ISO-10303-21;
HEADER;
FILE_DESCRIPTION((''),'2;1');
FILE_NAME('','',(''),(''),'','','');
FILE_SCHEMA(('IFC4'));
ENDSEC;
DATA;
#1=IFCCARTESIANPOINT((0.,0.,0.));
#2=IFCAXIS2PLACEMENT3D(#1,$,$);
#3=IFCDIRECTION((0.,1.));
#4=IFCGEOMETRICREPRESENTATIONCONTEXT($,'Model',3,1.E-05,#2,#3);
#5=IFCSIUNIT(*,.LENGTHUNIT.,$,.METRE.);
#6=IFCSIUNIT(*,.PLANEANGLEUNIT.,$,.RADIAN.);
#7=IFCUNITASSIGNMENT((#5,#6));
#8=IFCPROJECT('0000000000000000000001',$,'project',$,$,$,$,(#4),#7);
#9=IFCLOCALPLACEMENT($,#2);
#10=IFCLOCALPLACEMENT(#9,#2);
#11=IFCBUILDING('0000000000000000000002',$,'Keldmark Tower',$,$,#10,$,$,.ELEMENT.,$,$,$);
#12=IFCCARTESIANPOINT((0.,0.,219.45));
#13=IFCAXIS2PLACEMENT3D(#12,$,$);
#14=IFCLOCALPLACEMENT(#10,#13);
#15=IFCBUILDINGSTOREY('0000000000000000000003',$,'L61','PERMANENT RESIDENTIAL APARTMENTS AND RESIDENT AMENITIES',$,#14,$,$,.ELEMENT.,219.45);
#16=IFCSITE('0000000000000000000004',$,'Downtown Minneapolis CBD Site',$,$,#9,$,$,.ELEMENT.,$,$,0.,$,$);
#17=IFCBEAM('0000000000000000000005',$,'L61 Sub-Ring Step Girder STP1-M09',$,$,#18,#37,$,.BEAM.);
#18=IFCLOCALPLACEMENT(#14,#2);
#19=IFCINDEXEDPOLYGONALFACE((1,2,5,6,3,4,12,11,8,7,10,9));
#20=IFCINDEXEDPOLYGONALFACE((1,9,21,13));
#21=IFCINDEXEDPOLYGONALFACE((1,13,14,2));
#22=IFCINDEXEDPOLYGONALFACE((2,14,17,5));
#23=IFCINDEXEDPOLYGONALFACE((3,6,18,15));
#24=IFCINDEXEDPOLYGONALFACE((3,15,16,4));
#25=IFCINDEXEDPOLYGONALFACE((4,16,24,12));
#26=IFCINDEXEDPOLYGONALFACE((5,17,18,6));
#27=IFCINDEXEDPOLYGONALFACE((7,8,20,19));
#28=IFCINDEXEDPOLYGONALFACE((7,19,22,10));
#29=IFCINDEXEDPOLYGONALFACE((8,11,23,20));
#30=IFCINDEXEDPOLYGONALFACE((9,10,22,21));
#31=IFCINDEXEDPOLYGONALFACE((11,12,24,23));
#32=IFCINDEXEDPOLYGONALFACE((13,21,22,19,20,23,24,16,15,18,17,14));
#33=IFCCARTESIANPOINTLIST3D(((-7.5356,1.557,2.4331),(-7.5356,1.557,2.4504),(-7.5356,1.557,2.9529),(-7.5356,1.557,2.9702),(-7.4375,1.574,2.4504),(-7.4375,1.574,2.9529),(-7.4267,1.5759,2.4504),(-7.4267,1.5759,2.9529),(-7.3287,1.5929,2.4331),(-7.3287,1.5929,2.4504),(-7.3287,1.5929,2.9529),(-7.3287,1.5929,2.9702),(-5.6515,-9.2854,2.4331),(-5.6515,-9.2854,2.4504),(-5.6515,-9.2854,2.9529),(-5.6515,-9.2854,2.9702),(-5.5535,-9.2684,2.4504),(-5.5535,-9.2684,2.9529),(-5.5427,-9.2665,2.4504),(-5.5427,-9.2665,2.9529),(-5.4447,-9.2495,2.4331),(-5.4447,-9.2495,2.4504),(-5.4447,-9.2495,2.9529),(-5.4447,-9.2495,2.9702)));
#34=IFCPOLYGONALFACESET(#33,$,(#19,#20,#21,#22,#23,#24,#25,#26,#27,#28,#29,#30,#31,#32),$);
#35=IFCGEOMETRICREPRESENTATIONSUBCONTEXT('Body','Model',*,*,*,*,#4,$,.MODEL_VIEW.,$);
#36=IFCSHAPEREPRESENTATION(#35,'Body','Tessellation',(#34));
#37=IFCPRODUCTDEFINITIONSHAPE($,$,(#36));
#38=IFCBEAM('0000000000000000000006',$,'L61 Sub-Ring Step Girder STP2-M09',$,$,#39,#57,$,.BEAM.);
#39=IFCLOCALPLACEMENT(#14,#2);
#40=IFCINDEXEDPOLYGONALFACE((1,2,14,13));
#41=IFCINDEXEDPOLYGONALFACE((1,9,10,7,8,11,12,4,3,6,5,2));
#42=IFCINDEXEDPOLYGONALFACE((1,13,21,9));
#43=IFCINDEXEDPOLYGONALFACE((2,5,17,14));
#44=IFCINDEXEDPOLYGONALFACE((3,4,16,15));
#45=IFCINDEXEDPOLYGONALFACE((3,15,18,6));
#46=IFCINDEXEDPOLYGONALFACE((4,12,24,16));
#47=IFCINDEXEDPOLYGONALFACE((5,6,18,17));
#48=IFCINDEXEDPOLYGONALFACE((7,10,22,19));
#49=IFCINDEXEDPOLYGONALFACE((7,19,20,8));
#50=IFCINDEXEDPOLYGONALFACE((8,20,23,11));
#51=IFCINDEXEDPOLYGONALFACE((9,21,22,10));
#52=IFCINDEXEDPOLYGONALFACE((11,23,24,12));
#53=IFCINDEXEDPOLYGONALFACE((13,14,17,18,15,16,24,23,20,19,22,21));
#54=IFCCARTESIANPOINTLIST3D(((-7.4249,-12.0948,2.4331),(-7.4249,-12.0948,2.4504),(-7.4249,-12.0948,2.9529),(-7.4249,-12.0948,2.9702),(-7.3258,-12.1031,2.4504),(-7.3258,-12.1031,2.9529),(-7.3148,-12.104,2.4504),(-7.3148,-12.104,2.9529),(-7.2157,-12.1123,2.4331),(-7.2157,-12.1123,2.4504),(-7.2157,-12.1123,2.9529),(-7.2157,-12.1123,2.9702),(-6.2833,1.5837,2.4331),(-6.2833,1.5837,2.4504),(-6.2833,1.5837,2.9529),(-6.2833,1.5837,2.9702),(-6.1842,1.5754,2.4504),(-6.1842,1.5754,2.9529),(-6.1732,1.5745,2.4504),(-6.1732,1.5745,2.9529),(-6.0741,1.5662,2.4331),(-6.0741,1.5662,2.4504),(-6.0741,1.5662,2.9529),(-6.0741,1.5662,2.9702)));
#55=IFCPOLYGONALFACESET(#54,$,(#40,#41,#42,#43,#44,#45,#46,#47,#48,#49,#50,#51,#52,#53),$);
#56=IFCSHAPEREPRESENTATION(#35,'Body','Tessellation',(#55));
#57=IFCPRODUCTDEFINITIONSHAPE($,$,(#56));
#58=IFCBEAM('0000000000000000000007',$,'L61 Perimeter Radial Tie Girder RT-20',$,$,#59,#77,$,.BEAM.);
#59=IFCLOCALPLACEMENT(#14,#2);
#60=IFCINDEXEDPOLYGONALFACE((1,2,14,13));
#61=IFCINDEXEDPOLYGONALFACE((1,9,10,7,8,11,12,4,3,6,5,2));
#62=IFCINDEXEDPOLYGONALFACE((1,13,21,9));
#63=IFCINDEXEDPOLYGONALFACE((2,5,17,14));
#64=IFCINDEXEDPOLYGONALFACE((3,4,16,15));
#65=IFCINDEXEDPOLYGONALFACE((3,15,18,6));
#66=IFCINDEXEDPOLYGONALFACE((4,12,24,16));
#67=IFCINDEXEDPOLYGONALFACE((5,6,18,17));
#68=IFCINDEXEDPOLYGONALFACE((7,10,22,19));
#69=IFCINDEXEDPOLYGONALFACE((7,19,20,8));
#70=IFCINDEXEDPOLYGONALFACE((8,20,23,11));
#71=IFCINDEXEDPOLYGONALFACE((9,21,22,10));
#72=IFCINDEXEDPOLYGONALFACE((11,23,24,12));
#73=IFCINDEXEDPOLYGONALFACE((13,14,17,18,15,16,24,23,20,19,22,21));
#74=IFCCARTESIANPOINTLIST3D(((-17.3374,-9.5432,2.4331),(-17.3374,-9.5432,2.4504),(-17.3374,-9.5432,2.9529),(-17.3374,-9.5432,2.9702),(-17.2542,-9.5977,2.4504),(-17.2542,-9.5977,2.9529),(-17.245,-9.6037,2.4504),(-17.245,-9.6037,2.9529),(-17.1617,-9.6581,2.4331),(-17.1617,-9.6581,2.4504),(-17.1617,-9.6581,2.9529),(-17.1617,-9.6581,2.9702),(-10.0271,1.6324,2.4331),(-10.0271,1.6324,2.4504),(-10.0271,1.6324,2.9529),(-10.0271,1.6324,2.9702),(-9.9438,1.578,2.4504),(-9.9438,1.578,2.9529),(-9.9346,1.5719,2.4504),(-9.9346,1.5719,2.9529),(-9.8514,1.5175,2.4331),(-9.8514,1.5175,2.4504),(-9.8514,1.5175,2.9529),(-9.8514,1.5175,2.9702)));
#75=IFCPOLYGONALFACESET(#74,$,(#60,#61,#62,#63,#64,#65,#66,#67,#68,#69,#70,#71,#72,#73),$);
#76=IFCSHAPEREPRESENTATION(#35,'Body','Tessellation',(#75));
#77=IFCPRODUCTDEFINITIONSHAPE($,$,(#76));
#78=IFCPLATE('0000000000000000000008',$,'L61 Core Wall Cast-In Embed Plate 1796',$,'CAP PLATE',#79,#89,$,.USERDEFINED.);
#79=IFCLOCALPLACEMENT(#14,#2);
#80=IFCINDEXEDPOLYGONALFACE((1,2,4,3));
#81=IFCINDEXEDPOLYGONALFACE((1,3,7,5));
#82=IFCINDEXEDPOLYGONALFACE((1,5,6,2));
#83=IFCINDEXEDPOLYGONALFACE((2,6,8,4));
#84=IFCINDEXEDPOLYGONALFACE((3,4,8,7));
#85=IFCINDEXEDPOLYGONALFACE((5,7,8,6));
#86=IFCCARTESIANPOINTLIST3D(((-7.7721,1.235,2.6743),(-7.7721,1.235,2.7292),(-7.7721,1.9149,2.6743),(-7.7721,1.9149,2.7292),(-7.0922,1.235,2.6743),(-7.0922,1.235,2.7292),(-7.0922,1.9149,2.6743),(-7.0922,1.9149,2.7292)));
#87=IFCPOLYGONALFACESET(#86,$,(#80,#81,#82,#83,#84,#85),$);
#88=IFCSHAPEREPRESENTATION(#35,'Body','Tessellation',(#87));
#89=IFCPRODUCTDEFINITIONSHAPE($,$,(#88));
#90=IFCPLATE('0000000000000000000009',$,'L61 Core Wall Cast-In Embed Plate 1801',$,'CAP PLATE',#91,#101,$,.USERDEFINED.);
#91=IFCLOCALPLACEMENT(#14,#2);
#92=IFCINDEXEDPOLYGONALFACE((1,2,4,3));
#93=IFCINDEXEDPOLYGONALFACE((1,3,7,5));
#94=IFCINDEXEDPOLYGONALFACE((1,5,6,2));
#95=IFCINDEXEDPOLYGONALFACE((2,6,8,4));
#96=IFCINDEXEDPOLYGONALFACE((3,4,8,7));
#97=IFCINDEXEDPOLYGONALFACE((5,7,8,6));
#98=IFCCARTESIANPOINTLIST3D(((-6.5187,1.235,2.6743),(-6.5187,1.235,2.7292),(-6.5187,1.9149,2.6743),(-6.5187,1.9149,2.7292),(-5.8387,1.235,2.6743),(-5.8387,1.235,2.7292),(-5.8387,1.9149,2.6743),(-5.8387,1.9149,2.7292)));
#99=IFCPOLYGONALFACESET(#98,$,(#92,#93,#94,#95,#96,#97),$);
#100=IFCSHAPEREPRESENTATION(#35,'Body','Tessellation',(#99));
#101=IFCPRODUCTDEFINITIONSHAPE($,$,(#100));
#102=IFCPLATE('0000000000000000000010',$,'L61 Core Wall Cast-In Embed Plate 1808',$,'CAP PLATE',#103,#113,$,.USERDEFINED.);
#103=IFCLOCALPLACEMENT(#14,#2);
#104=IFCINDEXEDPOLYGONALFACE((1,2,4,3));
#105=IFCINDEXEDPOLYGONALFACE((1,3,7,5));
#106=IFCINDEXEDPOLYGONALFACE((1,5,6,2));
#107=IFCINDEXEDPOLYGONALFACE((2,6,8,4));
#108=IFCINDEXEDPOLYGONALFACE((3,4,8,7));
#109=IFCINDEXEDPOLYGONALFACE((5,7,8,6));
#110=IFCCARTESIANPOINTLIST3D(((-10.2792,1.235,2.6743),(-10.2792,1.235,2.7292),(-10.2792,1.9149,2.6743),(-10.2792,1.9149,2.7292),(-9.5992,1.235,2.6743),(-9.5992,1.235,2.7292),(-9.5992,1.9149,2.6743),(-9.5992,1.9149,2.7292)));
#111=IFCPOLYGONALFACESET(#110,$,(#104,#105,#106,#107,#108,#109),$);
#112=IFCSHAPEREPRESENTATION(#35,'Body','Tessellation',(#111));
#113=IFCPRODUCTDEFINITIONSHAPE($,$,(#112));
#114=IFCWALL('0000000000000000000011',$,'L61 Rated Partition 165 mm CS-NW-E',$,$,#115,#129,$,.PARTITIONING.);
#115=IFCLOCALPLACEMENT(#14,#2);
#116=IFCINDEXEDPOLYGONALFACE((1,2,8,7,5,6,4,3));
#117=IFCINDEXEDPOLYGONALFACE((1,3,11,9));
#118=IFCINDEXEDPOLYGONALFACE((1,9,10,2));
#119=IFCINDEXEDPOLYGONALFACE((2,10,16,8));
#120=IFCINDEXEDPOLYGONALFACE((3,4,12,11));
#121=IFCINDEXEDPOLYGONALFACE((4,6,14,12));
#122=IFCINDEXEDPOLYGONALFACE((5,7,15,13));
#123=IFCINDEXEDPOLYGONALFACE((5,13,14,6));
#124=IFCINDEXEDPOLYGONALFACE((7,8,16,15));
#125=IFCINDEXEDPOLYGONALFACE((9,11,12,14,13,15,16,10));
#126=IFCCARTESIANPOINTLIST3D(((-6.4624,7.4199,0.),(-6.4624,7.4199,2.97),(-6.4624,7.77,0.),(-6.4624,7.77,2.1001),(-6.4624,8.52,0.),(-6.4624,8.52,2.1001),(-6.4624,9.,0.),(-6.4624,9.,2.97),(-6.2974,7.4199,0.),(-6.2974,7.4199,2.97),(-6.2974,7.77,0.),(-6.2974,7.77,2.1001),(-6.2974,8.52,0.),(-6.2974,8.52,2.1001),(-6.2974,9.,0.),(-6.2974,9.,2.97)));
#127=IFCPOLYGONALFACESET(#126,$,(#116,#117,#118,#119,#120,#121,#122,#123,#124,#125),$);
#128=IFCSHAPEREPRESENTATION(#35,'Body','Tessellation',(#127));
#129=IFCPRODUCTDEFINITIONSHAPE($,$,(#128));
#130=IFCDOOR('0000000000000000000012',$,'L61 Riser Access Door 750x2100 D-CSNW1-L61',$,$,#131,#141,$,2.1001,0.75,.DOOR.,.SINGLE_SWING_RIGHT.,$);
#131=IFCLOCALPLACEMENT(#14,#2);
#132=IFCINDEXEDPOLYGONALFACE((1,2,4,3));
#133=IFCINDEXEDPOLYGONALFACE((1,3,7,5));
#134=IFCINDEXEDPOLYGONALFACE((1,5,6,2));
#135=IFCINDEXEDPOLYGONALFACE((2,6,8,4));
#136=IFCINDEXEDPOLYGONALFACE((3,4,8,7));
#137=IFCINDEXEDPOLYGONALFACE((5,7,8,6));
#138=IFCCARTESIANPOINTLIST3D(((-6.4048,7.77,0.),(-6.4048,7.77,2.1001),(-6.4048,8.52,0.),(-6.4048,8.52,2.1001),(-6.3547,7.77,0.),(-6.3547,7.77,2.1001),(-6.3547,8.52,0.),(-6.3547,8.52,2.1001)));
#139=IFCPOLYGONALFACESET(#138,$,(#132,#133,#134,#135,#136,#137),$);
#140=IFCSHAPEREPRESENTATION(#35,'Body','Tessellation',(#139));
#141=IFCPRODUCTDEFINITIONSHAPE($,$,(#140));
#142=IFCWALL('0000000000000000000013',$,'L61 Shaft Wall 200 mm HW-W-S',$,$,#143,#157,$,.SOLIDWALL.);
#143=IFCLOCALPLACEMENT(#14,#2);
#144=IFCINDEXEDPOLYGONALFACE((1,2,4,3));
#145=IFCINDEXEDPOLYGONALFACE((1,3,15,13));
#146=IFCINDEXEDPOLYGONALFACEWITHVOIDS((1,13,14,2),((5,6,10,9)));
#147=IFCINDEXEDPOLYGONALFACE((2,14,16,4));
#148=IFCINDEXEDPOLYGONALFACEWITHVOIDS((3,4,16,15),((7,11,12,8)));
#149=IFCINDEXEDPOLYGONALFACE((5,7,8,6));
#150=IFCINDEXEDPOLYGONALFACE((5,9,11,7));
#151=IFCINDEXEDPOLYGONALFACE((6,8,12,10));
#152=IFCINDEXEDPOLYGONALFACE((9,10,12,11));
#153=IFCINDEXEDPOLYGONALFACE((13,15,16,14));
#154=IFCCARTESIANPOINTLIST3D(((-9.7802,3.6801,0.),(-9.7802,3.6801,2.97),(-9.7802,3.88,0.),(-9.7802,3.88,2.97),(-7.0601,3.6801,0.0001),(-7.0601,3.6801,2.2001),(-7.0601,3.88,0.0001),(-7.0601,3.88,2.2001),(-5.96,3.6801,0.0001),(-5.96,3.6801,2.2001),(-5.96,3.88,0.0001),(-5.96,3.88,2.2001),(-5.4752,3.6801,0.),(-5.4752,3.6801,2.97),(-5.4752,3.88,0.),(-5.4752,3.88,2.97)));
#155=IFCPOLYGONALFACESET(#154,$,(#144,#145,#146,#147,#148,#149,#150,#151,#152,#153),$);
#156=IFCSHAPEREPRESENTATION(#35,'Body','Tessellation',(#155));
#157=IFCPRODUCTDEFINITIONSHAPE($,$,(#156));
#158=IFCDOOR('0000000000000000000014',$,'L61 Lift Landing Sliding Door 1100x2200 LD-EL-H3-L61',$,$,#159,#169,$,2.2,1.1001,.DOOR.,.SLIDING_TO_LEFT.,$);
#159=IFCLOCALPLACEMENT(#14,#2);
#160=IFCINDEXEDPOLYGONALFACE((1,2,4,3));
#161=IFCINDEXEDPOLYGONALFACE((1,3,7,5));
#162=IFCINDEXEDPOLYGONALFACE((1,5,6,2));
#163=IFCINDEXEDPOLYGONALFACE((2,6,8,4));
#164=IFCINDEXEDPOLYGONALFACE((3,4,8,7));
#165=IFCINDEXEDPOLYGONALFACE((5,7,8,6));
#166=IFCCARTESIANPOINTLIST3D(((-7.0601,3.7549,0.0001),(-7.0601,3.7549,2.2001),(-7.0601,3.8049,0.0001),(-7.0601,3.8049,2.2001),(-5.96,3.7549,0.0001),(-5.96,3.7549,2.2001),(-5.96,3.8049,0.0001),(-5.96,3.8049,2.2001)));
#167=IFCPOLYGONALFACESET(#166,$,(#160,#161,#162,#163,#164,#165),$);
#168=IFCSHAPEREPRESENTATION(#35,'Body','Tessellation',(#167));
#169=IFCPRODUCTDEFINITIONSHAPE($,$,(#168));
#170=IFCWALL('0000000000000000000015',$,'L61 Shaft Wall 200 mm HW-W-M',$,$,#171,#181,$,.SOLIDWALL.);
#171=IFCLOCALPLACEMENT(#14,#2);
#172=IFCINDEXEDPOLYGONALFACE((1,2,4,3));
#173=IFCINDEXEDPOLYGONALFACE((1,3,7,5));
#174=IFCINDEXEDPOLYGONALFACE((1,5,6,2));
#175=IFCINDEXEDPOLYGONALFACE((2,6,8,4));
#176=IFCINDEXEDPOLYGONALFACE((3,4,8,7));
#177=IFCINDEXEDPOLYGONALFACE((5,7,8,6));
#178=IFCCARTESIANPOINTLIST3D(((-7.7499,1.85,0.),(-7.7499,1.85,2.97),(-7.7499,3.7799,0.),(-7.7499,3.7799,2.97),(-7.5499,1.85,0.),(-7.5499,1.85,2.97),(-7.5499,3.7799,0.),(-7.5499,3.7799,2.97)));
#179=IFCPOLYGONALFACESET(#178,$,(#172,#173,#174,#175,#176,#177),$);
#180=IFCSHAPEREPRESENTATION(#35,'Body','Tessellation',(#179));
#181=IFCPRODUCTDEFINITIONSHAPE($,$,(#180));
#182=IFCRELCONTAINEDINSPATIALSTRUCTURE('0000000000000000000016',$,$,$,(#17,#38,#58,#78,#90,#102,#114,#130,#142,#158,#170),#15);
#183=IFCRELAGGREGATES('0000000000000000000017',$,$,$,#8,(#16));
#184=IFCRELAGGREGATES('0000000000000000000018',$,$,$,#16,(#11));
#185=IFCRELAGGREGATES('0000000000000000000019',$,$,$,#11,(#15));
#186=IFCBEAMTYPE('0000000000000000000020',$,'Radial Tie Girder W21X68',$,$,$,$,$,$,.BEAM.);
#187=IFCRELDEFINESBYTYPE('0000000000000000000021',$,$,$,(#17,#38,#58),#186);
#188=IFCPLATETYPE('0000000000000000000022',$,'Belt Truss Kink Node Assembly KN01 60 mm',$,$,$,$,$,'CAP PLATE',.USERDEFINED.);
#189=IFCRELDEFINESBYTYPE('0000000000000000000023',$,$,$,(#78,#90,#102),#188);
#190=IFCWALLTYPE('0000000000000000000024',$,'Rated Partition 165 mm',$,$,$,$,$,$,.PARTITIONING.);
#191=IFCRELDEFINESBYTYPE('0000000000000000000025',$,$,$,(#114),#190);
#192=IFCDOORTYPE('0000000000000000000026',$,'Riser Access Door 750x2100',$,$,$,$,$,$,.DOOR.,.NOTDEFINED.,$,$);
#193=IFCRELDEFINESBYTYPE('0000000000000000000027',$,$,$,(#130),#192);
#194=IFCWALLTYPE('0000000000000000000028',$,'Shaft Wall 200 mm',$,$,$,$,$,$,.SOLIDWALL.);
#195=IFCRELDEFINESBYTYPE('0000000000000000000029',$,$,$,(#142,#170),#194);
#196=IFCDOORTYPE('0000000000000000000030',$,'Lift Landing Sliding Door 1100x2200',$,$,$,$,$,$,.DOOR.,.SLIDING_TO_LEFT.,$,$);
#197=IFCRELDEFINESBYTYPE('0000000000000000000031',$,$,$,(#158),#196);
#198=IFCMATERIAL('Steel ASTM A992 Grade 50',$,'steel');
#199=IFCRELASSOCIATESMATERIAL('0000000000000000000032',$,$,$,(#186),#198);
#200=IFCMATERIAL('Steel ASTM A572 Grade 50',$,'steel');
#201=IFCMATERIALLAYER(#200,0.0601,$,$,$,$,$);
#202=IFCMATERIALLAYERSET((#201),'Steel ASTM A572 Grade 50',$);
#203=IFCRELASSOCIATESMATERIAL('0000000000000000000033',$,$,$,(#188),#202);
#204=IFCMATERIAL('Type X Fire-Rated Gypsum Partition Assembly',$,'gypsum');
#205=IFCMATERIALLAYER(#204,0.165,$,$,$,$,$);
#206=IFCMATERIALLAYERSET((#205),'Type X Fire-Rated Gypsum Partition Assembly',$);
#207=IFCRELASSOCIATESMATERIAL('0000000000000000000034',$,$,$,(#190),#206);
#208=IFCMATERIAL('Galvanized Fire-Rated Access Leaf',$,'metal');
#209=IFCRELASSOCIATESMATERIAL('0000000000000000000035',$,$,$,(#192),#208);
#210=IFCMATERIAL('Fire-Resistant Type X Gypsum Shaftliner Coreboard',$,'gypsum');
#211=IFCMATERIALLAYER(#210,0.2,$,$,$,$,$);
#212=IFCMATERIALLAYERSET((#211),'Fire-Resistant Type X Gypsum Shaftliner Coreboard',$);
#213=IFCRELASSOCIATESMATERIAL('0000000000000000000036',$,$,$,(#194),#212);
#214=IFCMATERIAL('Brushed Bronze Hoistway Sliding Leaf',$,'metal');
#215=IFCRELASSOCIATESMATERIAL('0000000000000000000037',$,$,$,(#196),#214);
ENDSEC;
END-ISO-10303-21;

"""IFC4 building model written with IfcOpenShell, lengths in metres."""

from ifc_helpers import new_model, si_unit, direction, frame, frame_2d, origin, origin_2d, place, context, subcontext, project, spatial, rectangle, i_section, extrude, material, layer, layer_set, material_profile, profile_set, type_object, element, fill, save


model = new_model("IFC4")

# Units and contexts
model_context = context("Model", 3, precision=1e-05, world=origin(), true_north=direction((0.0, 1.0)))
body_context = subcontext(model_context, "Body", "Model", "MODEL_VIEW")
ifc_project = project(units=[si_unit("LENGTHUNIT", "METRE"), si_unit("PLANEANGLEUNIT", "RADIAN")], contexts=[model_context])

# Site, building, storey
site_placement = place(None, origin())
site = spatial("IfcSite", under=ifc_project, at=site_placement, Name="Downtown Minneapolis CBD Site", CompositionType="ELEMENT", RefElevation=0.0)
building_placement = place(site_placement, origin())
building = spatial("IfcBuilding", under=site, at=building_placement, Name="Keldmark Tower", CompositionType="ELEMENT")
storey_placement = place(building_placement, frame((0.0, 0.0, 219.45)))
storey = spatial("IfcBuildingStorey", under=building, at=storey_placement, Name="L61", Description="PERMANENT RESIDENTIAL APARTMENTS AND RESIDENT AMENITIES", CompositionType="ELEMENT", Elevation=219.45)

# Beams
ifc_material_1 = material(Name="Steel ASTM A992 Grade 50", Category="steel")
ifc_material_profile = material_profile(ifc_material_1, i_section(OverallWidth=0.21, OverallDepth=0.5371, WebThickness=0.011, FlangeThickness=0.0173, at=origin_2d()), Name="W21X68")
ifc_profile_set = profile_set([ifc_material_profile], Name="Steel ASTM A992 Grade 50")
beam_type = type_object("IfcBeamType", Name="Radial Tie Girder W21X68", PredefinedType="BEAM", material=ifc_profile_set)
beam_1_placement = place(storey_placement, frame((-7.4321, 1.575, 2.7017), z_axis=(0.171198, -0.985237, 0.0), x_axis=(0.985237, 0.171198, 0.0)))
element("IfcBeam", 1, at=beam_1_placement, inside=storey, type_object=beam_type, Name="L61 Sub-Ring Step Girder STP1-M09", PredefinedType="BEAM", context=body_context, shape_type="SweptSolid", body=[
    extrude(i_section(OverallWidth=0.21, OverallDepth=0.5371, WebThickness=0.011, FlangeThickness=0.0173, at=origin_2d()), origin(), (0.0, 0.0, 1.0), 11.0049),
])
beam_2_placement = place(storey_placement, frame((-6.1787, 1.575, 2.7017), z_axis=(-0.083171, -0.996535, 0.0), x_axis=(0.996535, -0.083171, 0.0)))
element("IfcBeam", 2, at=beam_2_placement, inside=storey, type_object=beam_type, Name="L61 Sub-Ring Step Girder STP2-M09", PredefinedType="BEAM", context=body_context, shape_type="SweptSolid", body=[
    extrude(i_section(OverallWidth=0.21, OverallDepth=0.5371, WebThickness=0.011, FlangeThickness=0.0173, at=origin_2d()), origin(), (0.0, 0.0, 1.0), 13.7261),
])
beam_3_placement = place(storey_placement, frame((-9.9392, 1.575, 2.7017), z_axis=(-0.547418, -0.836859, 0.0), x_axis=(0.836859, -0.547418, 0.0)))
element("IfcBeam", 3, at=beam_3_placement, inside=storey, type_object=beam_type, Name="L61 Perimeter Radial Tie Girder RT-20", PredefinedType="BEAM", context=body_context, shape_type="SweptSolid", body=[
    extrude(i_section(OverallWidth=0.21, OverallDepth=0.5371, WebThickness=0.011, FlangeThickness=0.0173, at=origin_2d()), origin(), (0.0, 0.0, 1.0), 13.3542),
])

# Plates
ifc_material_2 = material(Name="Steel ASTM A572 Grade 50", Category="steel")
ifc_layer_1 = layer(ifc_material_2, 0.0601)
ifc_layer_set_1 = layer_set([ifc_layer_1], Name="Steel ASTM A572 Grade 50")
plate_type = type_object("IfcPlateType", Name="Belt Truss Kink Node Assembly KN01 60 mm", ElementType="CAP PLATE", PredefinedType="USERDEFINED", material=ifc_layer_set_1)
for number, where, z_axis, x_axis, name in (
    (4, (-7.4321, 1.575, 2.6743), (0.0, 0.0, 1.0), (1.0, 0.0, 0.0), "L61 Core Wall Cast-In Embed Plate 1796"),
    (5, (-6.1787, 1.575, 2.6743), (0.0, 0.0, 1.0), (1.0, 0.0, 0.0), "L61 Core Wall Cast-In Embed Plate 1801"),
    (6, (-9.9392, 1.575, 2.6743), (0.0, 0.0, 1.0), (1.0, 0.0, 0.0), "L61 Core Wall Cast-In Embed Plate 1808"),
):
    element("IfcPlate", number, at=place(storey_placement, frame(where, z_axis=z_axis, x_axis=x_axis)), inside=storey, type_object=plate_type, Name=name, ObjectType="CAP PLATE", PredefinedType="USERDEFINED", context=body_context, shape_type="SweptSolid", body=[
        extrude(rectangle(XDim=0.6799, YDim=0.6799, at=origin_2d()), origin(), (0.0, 0.0, 1.0), 0.0549),
    ])

# Walls, openings, doors
ifc_material_3 = material(Name="Type X Fire-Rated Gypsum Partition Assembly", Category="gypsum")
ifc_layer_2 = layer(ifc_material_3, 0.165)
ifc_layer_set_2 = layer_set([ifc_layer_2], Name="Type X Fire-Rated Gypsum Partition Assembly")
wall_type_1 = type_object("IfcWallType", Name="Rated Partition 165 mm", PredefinedType="PARTITIONING", material=ifc_layer_set_2)
wall_1_placement = place(storey_placement, frame((-6.3799, 7.4199, 0.0), z_axis=(0.0, 0.0, 1.0), x_axis=(0.0, 1.0, 0.0)))
wall_1 = element("IfcWall", 7, at=wall_1_placement, inside=storey, type_object=wall_type_1, Name="L61 Rated Partition 165 mm CS-NW-E", PredefinedType="PARTITIONING", context=body_context, shape_type="SweptSolid", body=[
    extrude(rectangle(XDim=1.5801, YDim=0.165, at=frame_2d((0.79, 0.0))), origin(), (0.0, 0.0, 1.0), 2.97),
])
opening_1_placement = place(wall_1_placement, frame((0.3501, 0.0, 0.0)))
opening_1 = element("IfcOpeningElement", 8, at=opening_1_placement, cuts=wall_1, PredefinedType="OPENING", context=body_context, shape_type="SweptSolid", body=[
    extrude(rectangle(XDim=0.75, YDim=2.1001, at=frame_2d((0.375, 1.05))), frame((0.0, 0.0925, 0.0), z_axis=(0.0, -1.0, 0.0), x_axis=(1.0, 0.0, 0.0)), (0.0, 0.0, 1.0), 0.1851),
])
ifc_material_4 = material(Name="Galvanized Fire-Rated Access Leaf", Category="metal")
door_type_1 = type_object("IfcDoorType", Name="Riser Access Door 750x2100", OperationType="NOTDEFINED", PredefinedType="DOOR", material=ifc_material_4)
door_1_placement = place(opening_1_placement, origin())
door_1 = element("IfcDoor", 9, at=door_1_placement, inside=storey, type_object=door_type_1, Name="L61 Riser Access Door 750x2100 D-CSNW1-L61", OperationType="SINGLE_SWING_RIGHT", OverallHeight=2.1001, OverallWidth=0.75, PredefinedType="DOOR", context=body_context, shape_type="SweptSolid", body=[
    extrude(rectangle(XDim=0.75, YDim=2.1001, at=frame_2d((0.375, 1.05))), frame((0.0, 0.0249, 0.0), z_axis=(0.0, -1.0, 0.0), x_axis=(1.0, 0.0, 0.0)), (0.0, 0.0, 1.0), 0.05),
])
fill(opening_1, door_1)
ifc_material_5 = material(Name="Fire-Resistant Type X Gypsum Shaftliner Coreboard", Category="gypsum")
ifc_layer_3 = layer(ifc_material_5, 0.2)
ifc_layer_set_3 = layer_set([ifc_layer_3], Name="Fire-Resistant Type X Gypsum Shaftliner Coreboard")
wall_type_2 = type_object("IfcWallType", Name="Shaft Wall 200 mm", PredefinedType="SOLIDWALL", material=ifc_layer_set_3)
wall_2_placement = place(storey_placement, frame((-9.78, 3.78, 0.0), z_axis=(0.0, 0.0, 1.0), x_axis=(1.0, 0.0, 0.0)))
wall_2 = element("IfcWall", 10, at=wall_2_placement, inside=storey, type_object=wall_type_2, Name="L61 Shaft Wall 200 mm HW-W-S", PredefinedType="SOLIDWALL", context=body_context, shape_type="SweptSolid", body=[
    extrude(rectangle(XDim=4.3049, YDim=0.2, at=frame_2d((2.1523, 0.0))), origin(), (0.0, 0.0, 1.0), 2.97),
])
opening_2_placement = place(wall_2_placement, frame((2.72, 0.0, 0.0)))
opening_2 = element("IfcOpeningElement", 11, at=opening_2_placement, cuts=wall_2, PredefinedType="OPENING", context=body_context, shape_type="SweptSolid", body=[
    extrude(rectangle(XDim=1.1001, YDim=2.2, at=frame_2d((0.55, 1.1001))), frame((0.0, 0.1099, 0.0), z_axis=(0.0, -1.0, 0.0), x_axis=(1.0, 0.0, 0.0)), (0.0, 0.0, 1.0), 0.22),
])
ifc_material_6 = material(Name="Brushed Bronze Hoistway Sliding Leaf", Category="metal")
door_type_2 = type_object("IfcDoorType", Name="Lift Landing Sliding Door 1100x2200", OperationType="SLIDING_TO_LEFT", PredefinedType="DOOR", material=ifc_material_6)
door_2_placement = place(opening_2_placement, origin())
door_2 = element("IfcDoor", 12, at=door_2_placement, inside=storey, type_object=door_type_2, Name="L61 Lift Landing Sliding Door 1100x2200 LD-EL-H3-L61", OperationType="SLIDING_TO_LEFT", OverallHeight=2.2, OverallWidth=1.1001, PredefinedType="DOOR", context=body_context, shape_type="SweptSolid", body=[
    extrude(rectangle(XDim=1.1001, YDim=2.2, at=frame_2d((0.55, 1.1001))), frame((0.0, 0.0249, 0.0), z_axis=(0.0, -1.0, 0.0), x_axis=(1.0, 0.0, 0.0)), (0.0, 0.0, 1.0), 0.05),
])
fill(opening_2, door_2)

# Wall
wall_3_placement = place(storey_placement, frame((-7.6499, 1.8501, 0.0), z_axis=(0.0, 0.0, 1.0), x_axis=(0.0, 1.0, 0.0)))
element("IfcWall", 13, at=wall_3_placement, inside=storey, type_object=wall_type_2, Name="L61 Shaft Wall 200 mm HW-W-M", PredefinedType="SOLIDWALL", context=body_context, shape_type="SweptSolid", body=[
    extrude(rectangle(XDim=1.9299, YDim=0.2, at=frame_2d((0.9648, 0.0))), origin(), (0.0, 0.0, 1.0), 2.97),
])

save(model, "model.ifc")
